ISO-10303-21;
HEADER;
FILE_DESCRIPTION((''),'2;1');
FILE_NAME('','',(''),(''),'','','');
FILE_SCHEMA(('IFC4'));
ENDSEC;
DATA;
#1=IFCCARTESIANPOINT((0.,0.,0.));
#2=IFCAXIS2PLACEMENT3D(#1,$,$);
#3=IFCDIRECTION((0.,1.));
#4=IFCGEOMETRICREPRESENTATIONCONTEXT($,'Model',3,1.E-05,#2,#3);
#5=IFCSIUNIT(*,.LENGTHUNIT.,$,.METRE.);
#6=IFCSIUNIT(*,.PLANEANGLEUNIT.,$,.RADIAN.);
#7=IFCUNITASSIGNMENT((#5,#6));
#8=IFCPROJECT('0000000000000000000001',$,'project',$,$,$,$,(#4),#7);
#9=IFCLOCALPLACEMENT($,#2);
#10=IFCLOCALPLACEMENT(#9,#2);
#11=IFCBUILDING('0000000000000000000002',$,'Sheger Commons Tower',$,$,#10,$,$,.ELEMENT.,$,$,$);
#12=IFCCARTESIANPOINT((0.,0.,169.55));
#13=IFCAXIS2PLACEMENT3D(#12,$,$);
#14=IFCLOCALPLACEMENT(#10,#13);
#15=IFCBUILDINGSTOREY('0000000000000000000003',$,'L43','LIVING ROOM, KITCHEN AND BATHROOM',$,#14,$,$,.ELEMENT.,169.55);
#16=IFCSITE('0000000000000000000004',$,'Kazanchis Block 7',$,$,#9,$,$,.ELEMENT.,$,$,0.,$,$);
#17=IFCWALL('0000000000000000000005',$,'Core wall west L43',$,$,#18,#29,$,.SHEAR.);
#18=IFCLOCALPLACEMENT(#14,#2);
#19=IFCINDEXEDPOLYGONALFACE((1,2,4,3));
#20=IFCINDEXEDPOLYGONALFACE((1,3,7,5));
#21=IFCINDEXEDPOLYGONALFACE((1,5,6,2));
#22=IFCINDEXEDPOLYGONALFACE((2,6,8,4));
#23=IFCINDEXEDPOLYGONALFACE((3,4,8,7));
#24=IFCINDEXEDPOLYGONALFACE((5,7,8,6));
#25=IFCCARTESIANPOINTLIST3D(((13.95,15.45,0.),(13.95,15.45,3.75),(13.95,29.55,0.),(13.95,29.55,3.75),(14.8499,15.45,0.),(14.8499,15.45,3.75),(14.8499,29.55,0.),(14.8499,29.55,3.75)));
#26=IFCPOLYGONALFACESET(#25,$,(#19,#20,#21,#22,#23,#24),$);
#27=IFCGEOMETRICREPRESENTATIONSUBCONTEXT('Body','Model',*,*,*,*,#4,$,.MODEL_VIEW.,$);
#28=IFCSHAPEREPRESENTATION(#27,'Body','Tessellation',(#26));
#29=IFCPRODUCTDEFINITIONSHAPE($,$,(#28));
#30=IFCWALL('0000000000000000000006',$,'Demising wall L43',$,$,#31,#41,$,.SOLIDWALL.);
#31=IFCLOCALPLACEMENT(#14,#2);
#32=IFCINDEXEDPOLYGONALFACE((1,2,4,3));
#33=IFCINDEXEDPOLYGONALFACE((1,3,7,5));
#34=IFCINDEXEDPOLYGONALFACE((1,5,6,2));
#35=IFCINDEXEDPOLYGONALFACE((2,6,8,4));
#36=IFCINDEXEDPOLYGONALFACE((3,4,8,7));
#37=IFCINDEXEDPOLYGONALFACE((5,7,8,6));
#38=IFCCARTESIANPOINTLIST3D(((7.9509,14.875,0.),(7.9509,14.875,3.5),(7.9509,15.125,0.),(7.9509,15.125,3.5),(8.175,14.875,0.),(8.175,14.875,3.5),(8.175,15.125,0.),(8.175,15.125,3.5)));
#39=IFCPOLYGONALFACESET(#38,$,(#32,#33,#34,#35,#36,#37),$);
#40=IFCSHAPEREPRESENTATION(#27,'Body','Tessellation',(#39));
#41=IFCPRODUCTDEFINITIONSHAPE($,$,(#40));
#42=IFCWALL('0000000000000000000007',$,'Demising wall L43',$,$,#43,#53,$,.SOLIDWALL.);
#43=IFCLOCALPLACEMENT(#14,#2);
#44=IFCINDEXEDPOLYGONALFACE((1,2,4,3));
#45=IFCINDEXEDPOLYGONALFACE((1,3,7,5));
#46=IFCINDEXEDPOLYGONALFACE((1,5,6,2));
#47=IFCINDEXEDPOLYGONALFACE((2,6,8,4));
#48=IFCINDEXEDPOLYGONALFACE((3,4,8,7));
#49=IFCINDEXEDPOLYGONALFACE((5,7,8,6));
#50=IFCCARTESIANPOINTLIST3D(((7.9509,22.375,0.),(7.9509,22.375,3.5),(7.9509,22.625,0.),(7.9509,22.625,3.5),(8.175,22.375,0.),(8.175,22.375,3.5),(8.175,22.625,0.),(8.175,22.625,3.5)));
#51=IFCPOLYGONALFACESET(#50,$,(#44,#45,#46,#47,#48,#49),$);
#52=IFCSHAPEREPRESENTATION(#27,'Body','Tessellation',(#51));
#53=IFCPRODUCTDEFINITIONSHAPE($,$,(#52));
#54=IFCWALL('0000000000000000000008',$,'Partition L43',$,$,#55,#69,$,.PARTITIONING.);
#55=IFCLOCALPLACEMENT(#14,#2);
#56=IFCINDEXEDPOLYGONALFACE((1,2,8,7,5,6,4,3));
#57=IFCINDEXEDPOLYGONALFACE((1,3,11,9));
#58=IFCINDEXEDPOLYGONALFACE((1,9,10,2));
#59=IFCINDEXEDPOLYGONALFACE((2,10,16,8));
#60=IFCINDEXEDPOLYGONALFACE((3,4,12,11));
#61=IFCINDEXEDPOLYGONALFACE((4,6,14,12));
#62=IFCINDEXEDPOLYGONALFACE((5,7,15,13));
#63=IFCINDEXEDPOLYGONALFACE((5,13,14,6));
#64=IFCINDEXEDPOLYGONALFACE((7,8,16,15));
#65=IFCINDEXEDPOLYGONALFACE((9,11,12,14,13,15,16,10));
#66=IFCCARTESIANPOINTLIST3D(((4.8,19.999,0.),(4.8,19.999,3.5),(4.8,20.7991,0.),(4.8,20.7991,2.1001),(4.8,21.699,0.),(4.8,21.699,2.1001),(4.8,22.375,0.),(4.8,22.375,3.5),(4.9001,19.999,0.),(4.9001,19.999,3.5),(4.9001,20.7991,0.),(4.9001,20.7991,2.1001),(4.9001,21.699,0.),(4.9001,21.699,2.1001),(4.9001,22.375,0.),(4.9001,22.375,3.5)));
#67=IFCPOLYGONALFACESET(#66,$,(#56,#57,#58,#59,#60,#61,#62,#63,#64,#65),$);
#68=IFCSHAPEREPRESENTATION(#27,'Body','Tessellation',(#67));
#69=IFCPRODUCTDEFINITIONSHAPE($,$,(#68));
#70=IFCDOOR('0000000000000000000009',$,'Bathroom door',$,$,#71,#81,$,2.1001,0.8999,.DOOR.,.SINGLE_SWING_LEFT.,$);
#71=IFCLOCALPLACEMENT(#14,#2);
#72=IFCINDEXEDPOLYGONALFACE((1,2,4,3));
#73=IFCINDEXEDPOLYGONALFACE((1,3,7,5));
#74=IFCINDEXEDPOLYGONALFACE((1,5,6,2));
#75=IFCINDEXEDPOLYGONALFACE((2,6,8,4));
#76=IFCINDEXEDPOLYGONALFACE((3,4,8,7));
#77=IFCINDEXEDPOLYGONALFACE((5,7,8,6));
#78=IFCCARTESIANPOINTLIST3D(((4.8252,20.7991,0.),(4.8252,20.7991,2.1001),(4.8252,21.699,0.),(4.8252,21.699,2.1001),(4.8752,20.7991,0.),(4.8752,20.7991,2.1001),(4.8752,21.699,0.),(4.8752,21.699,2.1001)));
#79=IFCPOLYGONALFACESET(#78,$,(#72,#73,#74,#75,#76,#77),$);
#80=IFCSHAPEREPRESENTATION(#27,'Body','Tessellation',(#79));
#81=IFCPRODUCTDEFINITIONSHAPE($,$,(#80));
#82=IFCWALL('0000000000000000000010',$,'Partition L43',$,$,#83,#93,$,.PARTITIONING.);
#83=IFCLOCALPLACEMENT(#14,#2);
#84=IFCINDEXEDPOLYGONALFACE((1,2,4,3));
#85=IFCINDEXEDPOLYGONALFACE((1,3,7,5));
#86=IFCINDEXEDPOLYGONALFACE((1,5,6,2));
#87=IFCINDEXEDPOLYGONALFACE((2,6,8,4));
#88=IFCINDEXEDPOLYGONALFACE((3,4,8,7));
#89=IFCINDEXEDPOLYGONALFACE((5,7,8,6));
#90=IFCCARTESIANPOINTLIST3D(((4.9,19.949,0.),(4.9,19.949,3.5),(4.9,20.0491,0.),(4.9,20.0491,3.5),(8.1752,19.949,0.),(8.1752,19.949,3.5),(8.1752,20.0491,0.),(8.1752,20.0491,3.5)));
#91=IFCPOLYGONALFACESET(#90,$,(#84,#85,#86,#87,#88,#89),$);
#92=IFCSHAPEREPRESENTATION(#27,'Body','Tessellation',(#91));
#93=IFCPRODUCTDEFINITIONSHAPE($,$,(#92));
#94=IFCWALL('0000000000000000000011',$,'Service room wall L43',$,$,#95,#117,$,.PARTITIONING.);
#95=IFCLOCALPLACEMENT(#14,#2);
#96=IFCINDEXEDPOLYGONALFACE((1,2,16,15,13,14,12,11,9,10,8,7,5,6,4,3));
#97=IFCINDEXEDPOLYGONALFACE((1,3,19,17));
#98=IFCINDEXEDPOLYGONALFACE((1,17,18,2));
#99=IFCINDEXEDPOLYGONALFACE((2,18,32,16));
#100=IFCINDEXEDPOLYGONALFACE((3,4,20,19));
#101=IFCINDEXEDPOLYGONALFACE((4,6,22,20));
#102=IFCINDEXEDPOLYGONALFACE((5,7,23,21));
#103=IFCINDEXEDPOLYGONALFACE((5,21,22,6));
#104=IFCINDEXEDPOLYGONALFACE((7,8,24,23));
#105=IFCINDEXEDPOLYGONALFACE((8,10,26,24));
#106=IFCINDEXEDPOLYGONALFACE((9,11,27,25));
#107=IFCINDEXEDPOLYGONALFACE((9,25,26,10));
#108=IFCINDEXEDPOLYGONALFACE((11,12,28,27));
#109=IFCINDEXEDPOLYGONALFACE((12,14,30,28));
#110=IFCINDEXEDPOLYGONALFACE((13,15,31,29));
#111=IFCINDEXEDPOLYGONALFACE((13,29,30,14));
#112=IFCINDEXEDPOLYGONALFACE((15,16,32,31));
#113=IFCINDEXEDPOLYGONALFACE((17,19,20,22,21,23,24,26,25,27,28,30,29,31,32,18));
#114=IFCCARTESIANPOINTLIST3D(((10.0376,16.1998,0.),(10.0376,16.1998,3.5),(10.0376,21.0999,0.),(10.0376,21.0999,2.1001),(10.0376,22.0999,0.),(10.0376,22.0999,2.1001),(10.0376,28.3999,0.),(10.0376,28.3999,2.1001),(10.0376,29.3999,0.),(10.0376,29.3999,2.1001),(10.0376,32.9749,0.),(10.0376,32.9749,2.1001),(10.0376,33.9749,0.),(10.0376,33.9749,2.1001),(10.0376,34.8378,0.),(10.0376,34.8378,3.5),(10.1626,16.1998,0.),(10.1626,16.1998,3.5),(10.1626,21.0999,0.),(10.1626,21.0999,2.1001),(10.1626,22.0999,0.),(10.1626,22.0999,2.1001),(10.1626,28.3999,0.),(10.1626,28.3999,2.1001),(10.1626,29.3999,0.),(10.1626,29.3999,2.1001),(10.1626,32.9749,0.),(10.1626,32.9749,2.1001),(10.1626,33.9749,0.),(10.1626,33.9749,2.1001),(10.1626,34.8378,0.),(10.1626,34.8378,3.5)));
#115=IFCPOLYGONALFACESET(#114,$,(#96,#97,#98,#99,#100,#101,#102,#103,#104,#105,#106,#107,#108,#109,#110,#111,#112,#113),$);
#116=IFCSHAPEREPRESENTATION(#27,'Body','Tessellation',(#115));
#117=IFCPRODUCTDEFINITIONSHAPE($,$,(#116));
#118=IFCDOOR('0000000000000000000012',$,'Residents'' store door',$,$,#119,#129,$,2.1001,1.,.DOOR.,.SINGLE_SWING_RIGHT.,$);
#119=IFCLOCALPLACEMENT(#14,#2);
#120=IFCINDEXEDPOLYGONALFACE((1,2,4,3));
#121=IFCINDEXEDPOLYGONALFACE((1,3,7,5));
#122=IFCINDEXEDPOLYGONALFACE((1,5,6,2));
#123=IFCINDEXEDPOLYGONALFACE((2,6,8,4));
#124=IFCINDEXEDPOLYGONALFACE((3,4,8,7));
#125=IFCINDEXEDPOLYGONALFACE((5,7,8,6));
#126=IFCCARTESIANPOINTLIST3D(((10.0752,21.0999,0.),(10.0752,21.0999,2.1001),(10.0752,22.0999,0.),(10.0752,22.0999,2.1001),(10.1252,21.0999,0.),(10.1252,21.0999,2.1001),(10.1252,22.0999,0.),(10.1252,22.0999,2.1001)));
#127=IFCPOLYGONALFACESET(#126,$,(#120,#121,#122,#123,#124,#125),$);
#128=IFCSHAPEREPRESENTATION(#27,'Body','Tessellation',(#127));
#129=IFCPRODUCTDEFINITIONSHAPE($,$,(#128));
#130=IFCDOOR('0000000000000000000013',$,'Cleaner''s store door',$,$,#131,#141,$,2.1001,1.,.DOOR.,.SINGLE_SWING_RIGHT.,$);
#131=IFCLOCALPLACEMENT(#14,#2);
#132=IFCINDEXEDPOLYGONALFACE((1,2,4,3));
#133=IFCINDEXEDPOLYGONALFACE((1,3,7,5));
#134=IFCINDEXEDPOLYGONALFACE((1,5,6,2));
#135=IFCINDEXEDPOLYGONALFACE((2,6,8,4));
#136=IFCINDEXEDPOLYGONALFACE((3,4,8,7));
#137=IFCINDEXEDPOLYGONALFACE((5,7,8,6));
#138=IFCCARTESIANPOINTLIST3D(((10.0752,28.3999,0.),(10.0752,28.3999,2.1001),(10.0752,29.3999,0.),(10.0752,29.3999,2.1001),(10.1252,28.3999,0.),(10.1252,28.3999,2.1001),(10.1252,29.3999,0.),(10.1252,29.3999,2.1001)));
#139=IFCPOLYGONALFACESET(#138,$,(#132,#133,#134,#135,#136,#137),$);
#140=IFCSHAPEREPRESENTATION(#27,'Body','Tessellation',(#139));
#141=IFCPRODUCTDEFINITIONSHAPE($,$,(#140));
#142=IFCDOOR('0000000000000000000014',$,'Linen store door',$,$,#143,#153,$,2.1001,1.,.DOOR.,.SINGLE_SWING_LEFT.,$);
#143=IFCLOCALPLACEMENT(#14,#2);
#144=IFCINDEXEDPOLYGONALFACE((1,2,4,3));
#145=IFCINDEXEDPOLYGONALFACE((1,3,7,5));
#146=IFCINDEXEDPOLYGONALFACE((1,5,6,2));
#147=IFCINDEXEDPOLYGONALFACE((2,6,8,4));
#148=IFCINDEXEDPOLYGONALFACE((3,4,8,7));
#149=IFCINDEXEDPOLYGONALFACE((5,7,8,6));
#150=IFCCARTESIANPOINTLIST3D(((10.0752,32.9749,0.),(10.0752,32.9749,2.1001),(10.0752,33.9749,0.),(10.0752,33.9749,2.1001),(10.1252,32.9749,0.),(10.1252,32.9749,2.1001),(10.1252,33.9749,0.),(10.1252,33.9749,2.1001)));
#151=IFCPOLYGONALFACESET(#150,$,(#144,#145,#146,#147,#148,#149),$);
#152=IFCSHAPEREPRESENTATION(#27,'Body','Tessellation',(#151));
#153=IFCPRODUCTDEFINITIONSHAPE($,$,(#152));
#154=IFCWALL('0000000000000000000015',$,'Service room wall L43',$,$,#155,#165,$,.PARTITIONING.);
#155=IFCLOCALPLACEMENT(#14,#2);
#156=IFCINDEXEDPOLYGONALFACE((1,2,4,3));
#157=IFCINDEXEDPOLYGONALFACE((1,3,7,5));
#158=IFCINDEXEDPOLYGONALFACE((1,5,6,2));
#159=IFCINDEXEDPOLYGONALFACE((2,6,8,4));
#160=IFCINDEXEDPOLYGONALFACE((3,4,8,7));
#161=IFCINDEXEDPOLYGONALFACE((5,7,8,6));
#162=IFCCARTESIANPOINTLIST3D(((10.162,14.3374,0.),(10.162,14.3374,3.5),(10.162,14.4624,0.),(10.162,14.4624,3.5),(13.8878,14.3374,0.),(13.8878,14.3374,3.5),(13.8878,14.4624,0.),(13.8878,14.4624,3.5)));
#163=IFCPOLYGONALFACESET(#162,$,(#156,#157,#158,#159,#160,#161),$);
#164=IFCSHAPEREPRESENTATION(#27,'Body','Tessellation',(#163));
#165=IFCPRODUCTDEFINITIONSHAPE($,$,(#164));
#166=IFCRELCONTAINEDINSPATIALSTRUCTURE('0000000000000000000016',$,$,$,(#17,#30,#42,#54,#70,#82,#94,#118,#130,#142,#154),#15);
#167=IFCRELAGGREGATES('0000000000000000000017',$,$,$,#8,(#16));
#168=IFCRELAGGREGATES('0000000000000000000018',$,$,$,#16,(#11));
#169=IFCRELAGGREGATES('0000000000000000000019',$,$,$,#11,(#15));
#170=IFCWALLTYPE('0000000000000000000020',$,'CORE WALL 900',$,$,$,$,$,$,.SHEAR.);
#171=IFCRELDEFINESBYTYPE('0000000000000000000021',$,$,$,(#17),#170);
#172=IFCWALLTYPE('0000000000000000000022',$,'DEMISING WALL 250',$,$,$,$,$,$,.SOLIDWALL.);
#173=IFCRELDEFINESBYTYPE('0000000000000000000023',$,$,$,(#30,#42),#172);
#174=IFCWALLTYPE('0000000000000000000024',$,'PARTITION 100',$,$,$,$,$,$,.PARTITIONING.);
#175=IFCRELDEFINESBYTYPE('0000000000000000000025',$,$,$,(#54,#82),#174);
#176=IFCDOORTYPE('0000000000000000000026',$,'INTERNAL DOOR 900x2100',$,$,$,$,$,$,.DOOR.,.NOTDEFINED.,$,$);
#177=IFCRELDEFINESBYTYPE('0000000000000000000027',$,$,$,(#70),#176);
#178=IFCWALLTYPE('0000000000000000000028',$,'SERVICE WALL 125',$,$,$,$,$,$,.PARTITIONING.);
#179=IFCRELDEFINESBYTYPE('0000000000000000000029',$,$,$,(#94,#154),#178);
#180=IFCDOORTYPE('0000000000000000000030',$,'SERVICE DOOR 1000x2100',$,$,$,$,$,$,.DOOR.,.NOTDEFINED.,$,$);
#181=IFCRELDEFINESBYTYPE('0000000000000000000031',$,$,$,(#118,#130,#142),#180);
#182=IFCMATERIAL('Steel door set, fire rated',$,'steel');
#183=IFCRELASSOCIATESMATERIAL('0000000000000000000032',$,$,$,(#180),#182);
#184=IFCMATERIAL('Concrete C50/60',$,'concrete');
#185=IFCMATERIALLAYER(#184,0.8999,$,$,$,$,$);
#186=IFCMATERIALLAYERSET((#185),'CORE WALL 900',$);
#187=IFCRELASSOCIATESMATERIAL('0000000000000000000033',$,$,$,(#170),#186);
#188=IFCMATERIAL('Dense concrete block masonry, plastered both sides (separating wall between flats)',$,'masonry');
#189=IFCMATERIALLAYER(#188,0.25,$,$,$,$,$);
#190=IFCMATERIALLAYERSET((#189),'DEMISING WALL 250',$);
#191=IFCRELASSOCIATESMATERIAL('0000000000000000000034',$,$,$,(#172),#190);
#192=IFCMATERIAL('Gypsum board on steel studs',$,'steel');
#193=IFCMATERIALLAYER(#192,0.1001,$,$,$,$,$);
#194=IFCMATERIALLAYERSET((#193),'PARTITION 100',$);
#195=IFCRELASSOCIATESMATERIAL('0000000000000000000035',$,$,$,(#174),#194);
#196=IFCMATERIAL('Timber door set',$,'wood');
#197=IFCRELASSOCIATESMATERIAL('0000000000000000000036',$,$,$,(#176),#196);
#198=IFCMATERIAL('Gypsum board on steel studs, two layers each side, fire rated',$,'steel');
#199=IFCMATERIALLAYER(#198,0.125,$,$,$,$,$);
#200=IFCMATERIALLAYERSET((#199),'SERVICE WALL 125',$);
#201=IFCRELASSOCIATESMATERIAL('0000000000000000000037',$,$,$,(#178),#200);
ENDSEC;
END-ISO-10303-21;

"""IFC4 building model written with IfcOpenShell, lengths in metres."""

from ifc_helpers import new_model, si_unit, direction, frame, frame_2d, origin, place, context, subcontext, project, spatial, rectangle, extrude, material, layer, layer_set, type_object, element, fill, save


model = new_model("IFC4")

# Units and contexts
model_context = context("Model", 3, precision=1e-05, world=origin(), true_north=direction((0.0, 1.0)))
body_context = subcontext(model_context, "Body", "Model", "MODEL_VIEW")
ifc_project = project(units=[si_unit("LENGTHUNIT", "METRE"), si_unit("PLANEANGLEUNIT", "RADIAN")], contexts=[model_context])

# Site, building, storey
site_placement = place(None, origin())
site = spatial("IfcSite", under=ifc_project, at=site_placement, Name="Kazanchis Block 7", CompositionType="ELEMENT", RefElevation=0.0)
building_placement = place(site_placement, origin())
building = spatial("IfcBuilding", under=site, at=building_placement, Name="Sheger Commons Tower", CompositionType="ELEMENT")
storey_placement = place(building_placement, frame((0.0, 0.0, 169.55)))
storey = spatial("IfcBuildingStorey", under=building, at=storey_placement, Name="L43", Description="LIVING ROOM, KITCHEN AND BATHROOM", CompositionType="ELEMENT", Elevation=169.55)

# Shared definitions
ifc_material_1 = material(Name="Steel door set, fire rated", Category="steel")
door_type_1 = type_object("IfcDoorType", Name="SERVICE DOOR 1000x2100", OperationType="NOTDEFINED", PredefinedType="DOOR", material=ifc_material_1)
ifc_material_2 = material(Name="Concrete C50/60", Category="concrete")
ifc_layer_1 = layer(ifc_material_2, 0.8999)
ifc_layer_set_1 = layer_set([ifc_layer_1], Name="CORE WALL 900")
wall_type_1 = type_object("IfcWallType", Name="CORE WALL 900", PredefinedType="SHEAR", material=ifc_layer_set_1)

# Walls
wall_1_placement = place(storey_placement, frame((14.3999, 15.45, 0.0), z_axis=(0.0, 0.0, 1.0), x_axis=(0.0, 1.0, 0.0)))
element("IfcWall", 1, at=wall_1_placement, inside=storey, type_object=wall_type_1, Name="Core wall west L43", PredefinedType="SHEAR", context=body_context, shape_type="SweptSolid", body=[
    extrude(rectangle(XDim=14.1001, YDim=0.8999, at=frame_2d((7.05, 0.0))), origin(), (0.0, 0.0, 1.0), 3.75),
])
ifc_material_3 = material(Name="Dense concrete block masonry, plastered both sides (separating wall between flats)", Category="masonry")
ifc_layer_2 = layer(ifc_material_3, 0.25)
ifc_layer_set_2 = layer_set([ifc_layer_2], Name="DEMISING WALL 250")
wall_type_2 = type_object("IfcWallType", Name="DEMISING WALL 250", PredefinedType="SOLIDWALL", material=ifc_layer_set_2)
for number, where, z_axis, x_axis, name in (
    (2, (7.9509, 15.0, 0.0), (0.0, 0.0, 1.0), (1.0, 0.0, 0.0), "Demising wall L43"),
    (3, (7.9509, 22.5, 0.0), (0.0, 0.0, 1.0), (1.0, 0.0, 0.0), "Demising wall L43"),
):
    element("IfcWall", number, at=place(storey_placement, frame(where, z_axis=z_axis, x_axis=x_axis)), inside=storey, type_object=wall_type_2, Name=name, PredefinedType="SOLIDWALL", context=body_context, shape_type="SweptSolid", body=[
        extrude(rectangle(XDim=0.2241, YDim=0.25, at=frame_2d((0.1121, 0.0))), origin(), (0.0, 0.0, 1.0), 3.5),
    ])

# Wall, opening, door
ifc_material_4 = material(Name="Gypsum board on steel studs", Category="steel")
ifc_layer_3 = layer(ifc_material_4, 0.1001)
ifc_layer_set_3 = layer_set([ifc_layer_3], Name="PARTITION 100")
wall_type_3 = type_object("IfcWallType", Name="PARTITION 100", PredefinedType="PARTITIONING", material=ifc_layer_set_3)
wall_2_placement = place(storey_placement, frame((4.8501, 19.999, 0.0), z_axis=(0.0, 0.0, 1.0), x_axis=(0.0, 1.0, 0.0)))
wall_2 = element("IfcWall", 4, at=wall_2_placement, inside=storey, type_object=wall_type_3, Name="Partition L43", PredefinedType="PARTITIONING", context=body_context, shape_type="SweptSolid", body=[
    extrude(rectangle(XDim=2.376, YDim=0.1001, at=frame_2d((1.188, 0.0))), origin(), (0.0, 0.0, 1.0), 3.5),
])
opening_1_placement = place(wall_2_placement, frame((0.8, 0.0, 0.0)))
opening_1 = element("IfcOpeningElement", 5, at=opening_1_placement, cuts=wall_2, PredefinedType="OPENING", context=body_context, shape_type="SweptSolid", body=[
    extrude(rectangle(XDim=0.8999, YDim=2.1001, at=frame_2d((0.45, 1.05))), frame((0.0, 0.0601, 0.0), z_axis=(0.0, -1.0, 0.0), x_axis=(1.0, 0.0, 0.0)), (0.0, 0.0, 1.0), 0.1201),
])
ifc_material_5 = material(Name="Timber door set", Category="wood")
door_type_2 = type_object("IfcDoorType", Name="INTERNAL DOOR 900x2100", OperationType="NOTDEFINED", PredefinedType="DOOR", material=ifc_material_5)
door_1_placement = place(opening_1_placement, origin())
door_1 = element("IfcDoor", 6, at=door_1_placement, inside=storey, type_object=door_type_2, Name="Bathroom door", OperationType="SINGLE_SWING_LEFT", OverallHeight=2.1001, OverallWidth=0.8999, PredefinedType="DOOR", context=body_context, shape_type="SweptSolid", body=[
    extrude(rectangle(XDim=0.8999, YDim=2.1001, at=frame_2d((0.45, 1.05))), frame((0.0, 0.0249, 0.0), z_axis=(0.0, -1.0, 0.0), x_axis=(1.0, 0.0, 0.0)), (0.0, 0.0, 1.0), 0.05),
])
fill(opening_1, door_1)

# Wall
wall_3_placement = place(storey_placement, frame((4.8999, 19.999, 0.0), z_axis=(0.0, 0.0, 1.0), x_axis=(1.0, 0.0, 0.0)))
element("IfcWall", 7, at=wall_3_placement, inside=storey, type_object=wall_type_3, Name="Partition L43", PredefinedType="PARTITIONING", context=body_context, shape_type="SweptSolid", body=[
    extrude(rectangle(XDim=3.2751, YDim=0.1001, at=frame_2d((1.6377, 0.0))), origin(), (0.0, 0.0, 1.0), 3.5),
])

# Wall, openings, doors
ifc_material_6 = material(Name="Gypsum board on steel studs, two layers each side, fire rated", Category="steel")
ifc_layer_4 = layer(ifc_material_6, 0.125)
ifc_layer_set_4 = layer_set([ifc_layer_4], Name="SERVICE WALL 125")
wall_type_4 = type_object("IfcWallType", Name="SERVICE WALL 125", PredefinedType="PARTITIONING", material=ifc_layer_set_4)
wall_4_placement = place(storey_placement, frame((10.1001, 16.2, 0.0), z_axis=(0.0, 0.0, 1.0), x_axis=(0.0, 1.0, 0.0)))
wall_4 = element("IfcWall", 8, at=wall_4_placement, inside=storey, type_object=wall_type_4, Name="Service room wall L43", PredefinedType="PARTITIONING", context=body_context, shape_type="SweptSolid", body=[
    extrude(rectangle(XDim=18.6379, YDim=0.125, at=frame_2d((9.3188, 0.0))), origin(), (0.0, 0.0, 1.0), 3.5),
])
opening_2_placement = place(wall_4_placement, frame((4.8999, 0.0, 0.0)))
opening_2 = element("IfcOpeningElement", 9, at=opening_2_placement, cuts=wall_4, PredefinedType="OPENING", context=body_context, shape_type="SweptSolid", body=[
    extrude(rectangle(XDim=1.0, YDim=2.1001, at=frame_2d((0.5, 1.05))), frame((0.0, 0.0725, 0.0), z_axis=(0.0, -1.0, 0.0), x_axis=(1.0, 0.0, 0.0)), (0.0, 0.0, 1.0), 0.145),
])
opening_3_placement = place(wall_4_placement, frame((12.2, 0.0, 0.0)))
opening_3 = element("IfcOpeningElement", 10, at=opening_3_placement, cuts=wall_4, PredefinedType="OPENING", context=body_context, shape_type="SweptSolid", body=[
    extrude(rectangle(XDim=1.0, YDim=2.1001, at=frame_2d((0.5, 1.05))), frame((0.0, 0.0725, 0.0), z_axis=(0.0, -1.0, 0.0), x_axis=(1.0, 0.0, 0.0)), (0.0, 0.0, 1.0), 0.145),
])
opening_4_placement = place(wall_4_placement, frame((16.7749, 0.0, 0.0)))
opening_4 = element("IfcOpeningElement", 11, at=opening_4_placement, cuts=wall_4, PredefinedType="OPENING", context=body_context, shape_type="SweptSolid", body=[
    extrude(rectangle(XDim=1.0, YDim=2.1001, at=frame_2d((0.5, 1.05))), frame((0.0, 0.0725, 0.0), z_axis=(0.0, -1.0, 0.0), x_axis=(1.0, 0.0, 0.0)), (0.0, 0.0, 1.0), 0.145),
])
door_2_placement = place(opening_2_placement, origin())
door_2 = element("IfcDoor", 12, at=door_2_placement, inside=storey, type_object=door_type_1, Name="Residents' store door", OperationType="SINGLE_SWING_RIGHT", OverallHeight=2.1001, OverallWidth=1.0, PredefinedType="DOOR", context=body_context, shape_type="SweptSolid", body=[
    extrude(rectangle(XDim=1.0, YDim=2.1001, at=frame_2d((0.5, 1.05))), frame((0.0, 0.0249, 0.0), z_axis=(0.0, -1.0, 0.0), x_axis=(1.0, 0.0, 0.0)), (0.0, 0.0, 1.0), 0.05),
])
fill(opening_2, door_2)
door_3_placement = place(opening_3_placement, origin())
door_3 = element("IfcDoor", 13, at=door_3_placement, inside=storey, type_object=door_type_1, Name="Cleaner's store door", OperationType="SINGLE_SWING_RIGHT", OverallHeight=2.1001, OverallWidth=1.0, PredefinedType="DOOR", context=body_context, shape_type="SweptSolid", body=[
    extrude(rectangle(XDim=1.0, YDim=2.1001, at=frame_2d((0.5, 1.05))), frame((0.0, 0.0249, 0.0), z_axis=(0.0, -1.0, 0.0), x_axis=(1.0, 0.0, 0.0)), (0.0, 0.0, 1.0), 0.05),
])
fill(opening_3, door_3)
door_4_placement = place(opening_4_placement, origin())
door_4 = element("IfcDoor", 14, at=door_4_placement, inside=storey, type_object=door_type_1, Name="Linen store door", OperationType="SINGLE_SWING_LEFT", OverallHeight=2.1001, OverallWidth=1.0, PredefinedType="DOOR", context=body_context, shape_type="SweptSolid", body=[
    extrude(rectangle(XDim=1.0, YDim=2.1001, at=frame_2d((0.5, 1.05))), frame((0.0, 0.0249, 0.0), z_axis=(0.0, -1.0, 0.0), x_axis=(1.0, 0.0, 0.0)), (0.0, 0.0, 1.0), 0.05),
])
fill(opening_4, door_4)

# Wall
wall_5_placement = place(storey_placement, frame((10.1621, 14.3999, 0.0), z_axis=(0.0, 0.0, 1.0), x_axis=(1.0, 0.0, 0.0)))
element("IfcWall", 15, at=wall_5_placement, inside=storey, type_object=wall_type_4, Name="Service room wall L43", PredefinedType="PARTITIONING", context=body_context, shape_type="SweptSolid", body=[
    extrude(rectangle(XDim=3.7258, YDim=0.125, at=frame_2d((1.8628, 0.0))), origin(), (0.0, 0.0, 1.0), 3.5),
])

save(model, "model.ifc")
